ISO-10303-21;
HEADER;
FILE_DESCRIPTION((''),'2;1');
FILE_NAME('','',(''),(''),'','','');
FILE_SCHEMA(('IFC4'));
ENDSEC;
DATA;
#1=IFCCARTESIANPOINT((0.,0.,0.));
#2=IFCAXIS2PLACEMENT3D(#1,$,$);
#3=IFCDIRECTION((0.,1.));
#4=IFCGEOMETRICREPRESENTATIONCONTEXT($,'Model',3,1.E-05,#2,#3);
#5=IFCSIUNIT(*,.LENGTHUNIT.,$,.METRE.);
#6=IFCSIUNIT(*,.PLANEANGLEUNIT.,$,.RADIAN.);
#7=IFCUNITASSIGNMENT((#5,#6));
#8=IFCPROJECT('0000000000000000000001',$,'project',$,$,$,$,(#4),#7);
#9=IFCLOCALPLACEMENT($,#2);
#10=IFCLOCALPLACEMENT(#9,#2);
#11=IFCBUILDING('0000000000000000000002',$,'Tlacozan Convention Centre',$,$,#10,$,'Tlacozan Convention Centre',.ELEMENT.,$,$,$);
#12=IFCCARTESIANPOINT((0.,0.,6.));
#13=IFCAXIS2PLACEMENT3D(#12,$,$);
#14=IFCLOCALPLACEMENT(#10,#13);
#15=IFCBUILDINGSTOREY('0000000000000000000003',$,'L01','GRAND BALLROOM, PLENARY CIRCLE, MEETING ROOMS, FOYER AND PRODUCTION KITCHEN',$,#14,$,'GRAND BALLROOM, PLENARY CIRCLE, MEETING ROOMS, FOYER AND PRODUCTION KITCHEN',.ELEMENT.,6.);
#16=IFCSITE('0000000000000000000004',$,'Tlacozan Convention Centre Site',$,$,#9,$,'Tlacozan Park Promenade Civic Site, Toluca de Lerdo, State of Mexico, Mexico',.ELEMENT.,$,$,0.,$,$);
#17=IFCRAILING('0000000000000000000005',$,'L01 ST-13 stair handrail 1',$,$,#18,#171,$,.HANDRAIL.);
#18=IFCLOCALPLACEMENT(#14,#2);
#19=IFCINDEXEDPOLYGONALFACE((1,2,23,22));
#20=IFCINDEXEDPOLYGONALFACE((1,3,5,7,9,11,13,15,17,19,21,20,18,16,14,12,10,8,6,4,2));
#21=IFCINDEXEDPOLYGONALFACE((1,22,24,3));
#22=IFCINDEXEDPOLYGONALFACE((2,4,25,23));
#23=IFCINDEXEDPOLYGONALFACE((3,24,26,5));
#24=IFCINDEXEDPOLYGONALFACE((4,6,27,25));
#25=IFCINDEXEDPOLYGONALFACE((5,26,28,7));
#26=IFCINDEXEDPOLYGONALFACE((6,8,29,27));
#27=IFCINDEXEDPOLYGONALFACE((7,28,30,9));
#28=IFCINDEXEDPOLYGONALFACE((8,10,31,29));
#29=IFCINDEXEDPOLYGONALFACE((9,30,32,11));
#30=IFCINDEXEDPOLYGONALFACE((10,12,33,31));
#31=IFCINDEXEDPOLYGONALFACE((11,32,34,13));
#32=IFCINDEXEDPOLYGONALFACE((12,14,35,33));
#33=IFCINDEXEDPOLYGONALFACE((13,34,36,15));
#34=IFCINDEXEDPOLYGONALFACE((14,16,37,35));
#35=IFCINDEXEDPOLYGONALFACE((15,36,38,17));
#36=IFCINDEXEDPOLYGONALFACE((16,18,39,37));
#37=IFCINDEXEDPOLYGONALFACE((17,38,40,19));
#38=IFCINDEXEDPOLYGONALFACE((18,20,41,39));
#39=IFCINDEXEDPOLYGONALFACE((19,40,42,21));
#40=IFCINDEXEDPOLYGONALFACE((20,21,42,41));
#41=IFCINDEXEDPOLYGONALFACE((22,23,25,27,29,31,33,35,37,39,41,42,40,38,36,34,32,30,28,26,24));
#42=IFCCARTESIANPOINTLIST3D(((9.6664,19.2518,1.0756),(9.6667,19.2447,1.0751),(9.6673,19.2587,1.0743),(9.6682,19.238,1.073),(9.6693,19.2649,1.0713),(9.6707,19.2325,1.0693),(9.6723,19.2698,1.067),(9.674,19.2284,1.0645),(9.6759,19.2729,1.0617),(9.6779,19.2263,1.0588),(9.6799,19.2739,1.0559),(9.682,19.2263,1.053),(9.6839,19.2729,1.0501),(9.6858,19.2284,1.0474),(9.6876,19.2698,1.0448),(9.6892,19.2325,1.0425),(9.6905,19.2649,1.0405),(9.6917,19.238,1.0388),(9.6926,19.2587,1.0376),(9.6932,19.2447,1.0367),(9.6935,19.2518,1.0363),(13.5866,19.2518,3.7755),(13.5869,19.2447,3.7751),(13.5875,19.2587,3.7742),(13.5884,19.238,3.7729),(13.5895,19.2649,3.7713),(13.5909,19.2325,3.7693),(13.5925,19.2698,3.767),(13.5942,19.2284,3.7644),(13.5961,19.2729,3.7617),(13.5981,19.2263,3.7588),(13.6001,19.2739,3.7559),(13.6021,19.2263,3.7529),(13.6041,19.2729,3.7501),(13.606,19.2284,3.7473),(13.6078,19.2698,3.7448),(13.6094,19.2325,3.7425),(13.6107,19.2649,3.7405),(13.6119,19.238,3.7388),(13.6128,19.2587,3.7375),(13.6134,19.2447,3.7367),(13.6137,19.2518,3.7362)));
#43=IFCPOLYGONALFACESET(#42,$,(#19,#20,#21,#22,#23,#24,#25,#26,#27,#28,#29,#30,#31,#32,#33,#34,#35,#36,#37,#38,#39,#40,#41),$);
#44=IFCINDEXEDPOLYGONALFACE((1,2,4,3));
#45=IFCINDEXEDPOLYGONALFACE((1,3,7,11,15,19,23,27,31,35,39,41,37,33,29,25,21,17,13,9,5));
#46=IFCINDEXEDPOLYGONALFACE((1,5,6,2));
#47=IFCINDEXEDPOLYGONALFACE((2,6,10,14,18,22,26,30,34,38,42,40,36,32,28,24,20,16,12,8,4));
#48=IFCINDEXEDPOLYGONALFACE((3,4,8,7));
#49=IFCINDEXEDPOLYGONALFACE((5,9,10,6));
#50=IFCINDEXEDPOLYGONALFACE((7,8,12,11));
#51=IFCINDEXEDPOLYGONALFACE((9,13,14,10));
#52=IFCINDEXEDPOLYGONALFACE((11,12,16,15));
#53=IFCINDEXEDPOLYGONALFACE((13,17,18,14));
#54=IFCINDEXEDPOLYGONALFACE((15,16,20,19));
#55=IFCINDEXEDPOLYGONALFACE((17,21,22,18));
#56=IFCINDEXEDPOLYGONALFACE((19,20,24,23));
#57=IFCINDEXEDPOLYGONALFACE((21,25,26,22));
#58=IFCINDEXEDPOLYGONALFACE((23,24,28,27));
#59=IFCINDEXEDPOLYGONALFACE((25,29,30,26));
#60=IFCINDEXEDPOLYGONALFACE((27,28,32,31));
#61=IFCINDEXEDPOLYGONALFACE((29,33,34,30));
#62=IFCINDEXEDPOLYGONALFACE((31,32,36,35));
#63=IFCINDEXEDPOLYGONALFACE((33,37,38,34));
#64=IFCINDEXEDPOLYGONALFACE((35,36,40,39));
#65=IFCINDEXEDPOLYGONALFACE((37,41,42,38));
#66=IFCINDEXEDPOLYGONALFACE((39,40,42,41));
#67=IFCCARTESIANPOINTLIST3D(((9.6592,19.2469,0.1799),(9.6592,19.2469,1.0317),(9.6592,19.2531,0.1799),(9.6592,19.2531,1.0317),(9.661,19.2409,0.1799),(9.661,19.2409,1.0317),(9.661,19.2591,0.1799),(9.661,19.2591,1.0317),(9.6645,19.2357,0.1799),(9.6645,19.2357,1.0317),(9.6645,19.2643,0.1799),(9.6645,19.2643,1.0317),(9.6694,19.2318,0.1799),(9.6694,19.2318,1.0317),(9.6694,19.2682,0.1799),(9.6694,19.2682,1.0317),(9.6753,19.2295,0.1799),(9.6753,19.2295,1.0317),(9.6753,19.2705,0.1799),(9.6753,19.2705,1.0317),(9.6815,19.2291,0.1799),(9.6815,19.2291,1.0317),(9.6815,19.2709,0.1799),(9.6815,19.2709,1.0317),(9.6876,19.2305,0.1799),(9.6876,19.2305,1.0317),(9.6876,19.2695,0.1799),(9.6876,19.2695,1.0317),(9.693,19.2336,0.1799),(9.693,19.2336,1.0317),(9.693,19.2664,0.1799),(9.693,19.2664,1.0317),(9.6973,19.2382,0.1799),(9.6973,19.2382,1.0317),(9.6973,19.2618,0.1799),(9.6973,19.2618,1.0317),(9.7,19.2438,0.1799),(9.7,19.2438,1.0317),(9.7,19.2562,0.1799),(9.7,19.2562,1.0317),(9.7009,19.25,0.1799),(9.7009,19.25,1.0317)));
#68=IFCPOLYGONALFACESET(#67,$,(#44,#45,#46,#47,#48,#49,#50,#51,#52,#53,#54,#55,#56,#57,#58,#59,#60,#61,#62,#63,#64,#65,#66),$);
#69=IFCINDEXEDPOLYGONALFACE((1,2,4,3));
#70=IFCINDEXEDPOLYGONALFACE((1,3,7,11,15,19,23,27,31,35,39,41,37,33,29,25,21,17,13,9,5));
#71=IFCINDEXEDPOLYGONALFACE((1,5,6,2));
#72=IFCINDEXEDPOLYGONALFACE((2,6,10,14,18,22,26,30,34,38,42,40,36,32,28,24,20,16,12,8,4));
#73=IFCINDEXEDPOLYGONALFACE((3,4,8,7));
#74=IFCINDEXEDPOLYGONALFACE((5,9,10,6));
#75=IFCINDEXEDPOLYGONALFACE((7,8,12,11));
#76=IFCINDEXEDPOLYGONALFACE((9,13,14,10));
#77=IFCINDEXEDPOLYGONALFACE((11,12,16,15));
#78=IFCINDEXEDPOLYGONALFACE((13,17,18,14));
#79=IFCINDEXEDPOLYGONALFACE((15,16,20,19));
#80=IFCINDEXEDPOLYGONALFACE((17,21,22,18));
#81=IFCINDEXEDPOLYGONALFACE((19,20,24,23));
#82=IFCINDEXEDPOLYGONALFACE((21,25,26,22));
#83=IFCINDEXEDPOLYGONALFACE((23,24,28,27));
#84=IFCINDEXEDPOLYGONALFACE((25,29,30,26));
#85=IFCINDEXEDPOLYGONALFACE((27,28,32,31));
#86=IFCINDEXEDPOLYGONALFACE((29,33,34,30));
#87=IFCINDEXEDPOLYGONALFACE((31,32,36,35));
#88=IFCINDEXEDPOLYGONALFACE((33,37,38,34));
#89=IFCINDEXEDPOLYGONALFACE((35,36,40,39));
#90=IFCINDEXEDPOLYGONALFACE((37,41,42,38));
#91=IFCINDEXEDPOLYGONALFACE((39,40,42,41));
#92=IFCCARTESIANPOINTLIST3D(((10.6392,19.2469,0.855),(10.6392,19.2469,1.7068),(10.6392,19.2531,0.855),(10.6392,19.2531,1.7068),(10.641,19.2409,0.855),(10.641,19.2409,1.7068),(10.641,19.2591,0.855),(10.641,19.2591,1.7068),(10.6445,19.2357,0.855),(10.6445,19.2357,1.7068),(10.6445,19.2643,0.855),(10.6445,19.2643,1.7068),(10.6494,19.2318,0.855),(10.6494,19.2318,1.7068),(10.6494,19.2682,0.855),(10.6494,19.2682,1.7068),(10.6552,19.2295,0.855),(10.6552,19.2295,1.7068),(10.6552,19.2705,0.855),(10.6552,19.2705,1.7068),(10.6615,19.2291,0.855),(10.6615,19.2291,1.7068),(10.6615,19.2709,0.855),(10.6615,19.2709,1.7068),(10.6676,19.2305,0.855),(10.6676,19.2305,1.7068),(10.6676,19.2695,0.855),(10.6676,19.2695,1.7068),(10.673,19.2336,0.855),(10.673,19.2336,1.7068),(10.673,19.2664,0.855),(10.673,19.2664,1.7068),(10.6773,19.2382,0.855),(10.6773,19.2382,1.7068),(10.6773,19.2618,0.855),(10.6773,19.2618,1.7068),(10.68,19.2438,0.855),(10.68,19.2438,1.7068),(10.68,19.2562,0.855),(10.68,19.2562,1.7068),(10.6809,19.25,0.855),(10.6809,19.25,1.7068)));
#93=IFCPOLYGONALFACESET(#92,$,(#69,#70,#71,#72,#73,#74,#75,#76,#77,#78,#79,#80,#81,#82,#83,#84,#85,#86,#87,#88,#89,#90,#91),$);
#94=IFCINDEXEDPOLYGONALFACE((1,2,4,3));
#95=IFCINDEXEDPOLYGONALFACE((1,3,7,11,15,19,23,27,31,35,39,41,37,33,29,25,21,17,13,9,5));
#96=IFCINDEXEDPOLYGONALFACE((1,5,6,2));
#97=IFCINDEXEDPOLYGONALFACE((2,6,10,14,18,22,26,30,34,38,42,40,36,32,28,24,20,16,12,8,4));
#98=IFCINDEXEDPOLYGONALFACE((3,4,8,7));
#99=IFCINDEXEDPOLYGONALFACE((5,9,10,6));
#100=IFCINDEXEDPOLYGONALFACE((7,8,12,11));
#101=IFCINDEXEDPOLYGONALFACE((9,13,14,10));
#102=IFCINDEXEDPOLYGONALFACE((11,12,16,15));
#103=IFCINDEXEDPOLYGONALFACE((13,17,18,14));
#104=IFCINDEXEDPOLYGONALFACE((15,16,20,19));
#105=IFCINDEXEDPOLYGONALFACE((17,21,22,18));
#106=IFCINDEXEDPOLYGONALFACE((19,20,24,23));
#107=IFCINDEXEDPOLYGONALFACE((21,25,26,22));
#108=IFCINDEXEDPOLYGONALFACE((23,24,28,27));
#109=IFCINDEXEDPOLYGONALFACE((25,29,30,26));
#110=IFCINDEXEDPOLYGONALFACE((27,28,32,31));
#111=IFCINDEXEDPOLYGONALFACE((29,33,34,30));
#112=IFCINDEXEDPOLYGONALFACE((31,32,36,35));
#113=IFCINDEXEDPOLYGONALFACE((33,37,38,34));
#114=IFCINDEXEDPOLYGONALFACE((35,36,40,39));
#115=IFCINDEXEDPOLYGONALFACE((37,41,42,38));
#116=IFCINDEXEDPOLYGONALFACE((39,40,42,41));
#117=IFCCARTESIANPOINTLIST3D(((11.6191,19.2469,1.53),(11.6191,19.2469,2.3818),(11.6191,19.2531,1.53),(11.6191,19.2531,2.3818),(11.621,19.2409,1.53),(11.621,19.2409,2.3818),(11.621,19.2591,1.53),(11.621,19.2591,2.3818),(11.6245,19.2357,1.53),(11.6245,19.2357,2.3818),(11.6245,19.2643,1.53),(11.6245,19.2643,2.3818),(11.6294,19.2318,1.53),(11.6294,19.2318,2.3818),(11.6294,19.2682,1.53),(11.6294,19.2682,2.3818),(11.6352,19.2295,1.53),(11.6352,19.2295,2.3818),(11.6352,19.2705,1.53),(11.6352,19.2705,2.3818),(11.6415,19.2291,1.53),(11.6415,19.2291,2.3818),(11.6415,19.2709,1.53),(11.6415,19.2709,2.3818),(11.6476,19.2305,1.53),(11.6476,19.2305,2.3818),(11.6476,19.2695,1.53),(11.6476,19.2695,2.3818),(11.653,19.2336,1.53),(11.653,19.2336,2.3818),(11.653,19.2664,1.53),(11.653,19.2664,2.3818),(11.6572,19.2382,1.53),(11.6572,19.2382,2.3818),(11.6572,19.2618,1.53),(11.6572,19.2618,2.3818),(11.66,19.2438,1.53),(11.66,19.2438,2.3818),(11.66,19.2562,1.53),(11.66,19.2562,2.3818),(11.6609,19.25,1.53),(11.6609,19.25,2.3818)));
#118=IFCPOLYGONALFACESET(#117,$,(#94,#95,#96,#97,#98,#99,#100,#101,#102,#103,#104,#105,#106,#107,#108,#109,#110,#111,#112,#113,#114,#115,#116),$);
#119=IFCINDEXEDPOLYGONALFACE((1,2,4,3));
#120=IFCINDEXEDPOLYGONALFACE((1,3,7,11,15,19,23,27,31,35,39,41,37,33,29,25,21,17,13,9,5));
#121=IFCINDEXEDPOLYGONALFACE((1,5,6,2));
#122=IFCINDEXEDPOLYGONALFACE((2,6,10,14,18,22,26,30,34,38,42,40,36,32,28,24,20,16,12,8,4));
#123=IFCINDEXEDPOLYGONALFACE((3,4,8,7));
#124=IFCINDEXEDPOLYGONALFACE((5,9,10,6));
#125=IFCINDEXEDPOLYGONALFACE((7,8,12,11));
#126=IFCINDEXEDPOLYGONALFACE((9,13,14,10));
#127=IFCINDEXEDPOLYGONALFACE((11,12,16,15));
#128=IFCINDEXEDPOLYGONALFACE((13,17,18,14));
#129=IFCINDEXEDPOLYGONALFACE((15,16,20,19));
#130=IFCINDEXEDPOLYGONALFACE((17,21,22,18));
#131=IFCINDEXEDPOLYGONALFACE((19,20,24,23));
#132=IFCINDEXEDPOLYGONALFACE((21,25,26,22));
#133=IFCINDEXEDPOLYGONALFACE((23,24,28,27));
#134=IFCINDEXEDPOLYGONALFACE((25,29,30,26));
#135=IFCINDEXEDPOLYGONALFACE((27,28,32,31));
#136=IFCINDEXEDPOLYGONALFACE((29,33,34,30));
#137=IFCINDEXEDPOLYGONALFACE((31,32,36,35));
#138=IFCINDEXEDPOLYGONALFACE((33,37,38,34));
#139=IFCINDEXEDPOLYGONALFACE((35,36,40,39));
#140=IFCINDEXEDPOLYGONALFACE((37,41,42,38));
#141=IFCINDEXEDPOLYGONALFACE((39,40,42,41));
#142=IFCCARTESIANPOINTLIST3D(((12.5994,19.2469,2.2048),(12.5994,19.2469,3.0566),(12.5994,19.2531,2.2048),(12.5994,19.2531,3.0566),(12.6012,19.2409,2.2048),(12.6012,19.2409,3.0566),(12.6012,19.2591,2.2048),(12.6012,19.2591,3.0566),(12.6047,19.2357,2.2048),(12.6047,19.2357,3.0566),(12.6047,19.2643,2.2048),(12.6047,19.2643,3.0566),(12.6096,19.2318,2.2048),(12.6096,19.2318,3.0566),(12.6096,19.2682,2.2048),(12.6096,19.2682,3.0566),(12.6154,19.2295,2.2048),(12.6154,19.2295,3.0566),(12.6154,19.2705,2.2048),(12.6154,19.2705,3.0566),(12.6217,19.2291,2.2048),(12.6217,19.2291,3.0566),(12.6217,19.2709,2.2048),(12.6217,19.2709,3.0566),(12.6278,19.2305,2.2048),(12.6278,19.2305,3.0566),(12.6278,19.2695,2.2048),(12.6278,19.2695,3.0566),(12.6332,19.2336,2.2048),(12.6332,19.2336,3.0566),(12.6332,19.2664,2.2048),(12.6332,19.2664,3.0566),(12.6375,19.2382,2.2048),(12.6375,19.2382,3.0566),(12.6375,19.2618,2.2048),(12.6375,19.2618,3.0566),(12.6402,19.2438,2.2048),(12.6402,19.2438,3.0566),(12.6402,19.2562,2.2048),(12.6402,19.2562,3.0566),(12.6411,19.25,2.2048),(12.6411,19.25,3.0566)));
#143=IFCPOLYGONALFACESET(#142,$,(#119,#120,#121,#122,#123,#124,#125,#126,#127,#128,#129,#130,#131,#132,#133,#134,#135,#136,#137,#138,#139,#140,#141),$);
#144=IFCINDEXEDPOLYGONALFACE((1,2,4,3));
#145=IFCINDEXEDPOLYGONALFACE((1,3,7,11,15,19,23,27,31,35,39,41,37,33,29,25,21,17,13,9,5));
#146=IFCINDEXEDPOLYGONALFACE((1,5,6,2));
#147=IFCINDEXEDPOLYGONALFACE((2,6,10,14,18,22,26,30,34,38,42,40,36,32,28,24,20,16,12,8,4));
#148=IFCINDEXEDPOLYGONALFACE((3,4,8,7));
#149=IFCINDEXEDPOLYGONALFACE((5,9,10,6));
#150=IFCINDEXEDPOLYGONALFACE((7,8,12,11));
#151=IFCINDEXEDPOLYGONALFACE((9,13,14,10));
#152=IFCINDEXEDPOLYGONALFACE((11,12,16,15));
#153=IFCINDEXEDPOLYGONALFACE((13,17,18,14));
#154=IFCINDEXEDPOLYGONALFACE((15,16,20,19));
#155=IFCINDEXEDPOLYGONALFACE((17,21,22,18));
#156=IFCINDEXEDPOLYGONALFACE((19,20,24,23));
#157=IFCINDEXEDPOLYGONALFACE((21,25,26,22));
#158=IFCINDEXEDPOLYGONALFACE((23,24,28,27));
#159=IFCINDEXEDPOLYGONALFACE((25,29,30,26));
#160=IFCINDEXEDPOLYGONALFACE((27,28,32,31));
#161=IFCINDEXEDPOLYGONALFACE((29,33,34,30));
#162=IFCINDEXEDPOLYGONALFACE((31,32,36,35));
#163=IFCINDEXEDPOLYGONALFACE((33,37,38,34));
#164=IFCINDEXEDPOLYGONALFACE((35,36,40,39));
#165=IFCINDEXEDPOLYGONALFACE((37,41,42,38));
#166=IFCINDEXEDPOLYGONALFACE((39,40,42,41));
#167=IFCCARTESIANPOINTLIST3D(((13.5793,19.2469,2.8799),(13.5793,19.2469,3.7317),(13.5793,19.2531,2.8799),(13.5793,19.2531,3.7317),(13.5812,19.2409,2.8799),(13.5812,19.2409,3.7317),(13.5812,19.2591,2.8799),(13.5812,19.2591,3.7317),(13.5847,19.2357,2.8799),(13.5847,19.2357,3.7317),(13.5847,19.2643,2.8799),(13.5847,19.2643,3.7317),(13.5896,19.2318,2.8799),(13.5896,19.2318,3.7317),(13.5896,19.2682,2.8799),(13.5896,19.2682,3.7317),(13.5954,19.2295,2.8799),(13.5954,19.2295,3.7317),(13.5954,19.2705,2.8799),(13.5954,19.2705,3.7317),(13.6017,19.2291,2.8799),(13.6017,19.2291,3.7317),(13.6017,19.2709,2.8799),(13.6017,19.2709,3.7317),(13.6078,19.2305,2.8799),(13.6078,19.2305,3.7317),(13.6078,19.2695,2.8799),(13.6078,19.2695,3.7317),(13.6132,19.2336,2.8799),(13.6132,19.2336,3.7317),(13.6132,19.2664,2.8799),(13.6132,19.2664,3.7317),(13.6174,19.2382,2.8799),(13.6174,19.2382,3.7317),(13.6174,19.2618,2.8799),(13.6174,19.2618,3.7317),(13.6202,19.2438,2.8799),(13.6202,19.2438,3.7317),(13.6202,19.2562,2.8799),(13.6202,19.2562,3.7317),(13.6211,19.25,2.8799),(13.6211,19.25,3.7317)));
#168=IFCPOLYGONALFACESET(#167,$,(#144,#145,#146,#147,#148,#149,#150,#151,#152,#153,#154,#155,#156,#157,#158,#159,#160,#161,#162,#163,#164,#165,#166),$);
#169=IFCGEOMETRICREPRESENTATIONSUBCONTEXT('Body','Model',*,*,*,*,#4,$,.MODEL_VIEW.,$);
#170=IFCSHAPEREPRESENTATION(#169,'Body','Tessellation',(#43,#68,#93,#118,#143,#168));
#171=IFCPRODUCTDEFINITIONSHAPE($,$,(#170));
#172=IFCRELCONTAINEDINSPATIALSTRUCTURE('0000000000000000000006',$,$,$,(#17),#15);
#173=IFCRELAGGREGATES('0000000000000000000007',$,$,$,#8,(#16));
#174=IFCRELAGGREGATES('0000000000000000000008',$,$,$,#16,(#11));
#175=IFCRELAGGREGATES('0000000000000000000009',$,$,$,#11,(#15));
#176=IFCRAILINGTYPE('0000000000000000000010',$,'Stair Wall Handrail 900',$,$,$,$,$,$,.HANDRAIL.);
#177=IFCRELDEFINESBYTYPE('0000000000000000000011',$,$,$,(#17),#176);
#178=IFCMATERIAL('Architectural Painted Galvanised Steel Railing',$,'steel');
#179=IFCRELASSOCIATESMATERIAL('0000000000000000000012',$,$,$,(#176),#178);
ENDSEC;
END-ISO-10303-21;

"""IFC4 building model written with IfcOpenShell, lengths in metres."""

from ifc_helpers import new_model, si_unit, direction, frame, origin, origin_2d, place, context, subcontext, project, spatial, circle, extrude, material, type_object, element, save


model = new_model("IFC4")

# Units and contexts
model_context = context("Model", 3, precision=1e-05, world=origin(), true_north=direction((0.0, 1.0)))
body_context = subcontext(model_context, "Body", "Model", "MODEL_VIEW")
ifc_project = project(units=[si_unit("LENGTHUNIT", "METRE"), si_unit("PLANEANGLEUNIT", "RADIAN")], contexts=[model_context])

# Site, building, storey
site_placement = place(None, origin())
site = spatial("IfcSite", under=ifc_project, at=site_placement, Name="Tlacozan Convention Centre Site", LongName="Tlacozan Park Promenade Civic Site, Toluca de Lerdo, State of Mexico, Mexico", CompositionType="ELEMENT", RefElevation=0.0)
building_placement = place(site_placement, origin())
building = spatial("IfcBuilding", under=site, at=building_placement, Name="Tlacozan Convention Centre", LongName="Tlacozan Convention Centre", CompositionType="ELEMENT")
storey_placement = place(building_placement, frame((0.0, 0.0, 6.0)))
storey = spatial("IfcBuildingStorey", under=building, at=storey_placement, Name="L01", Description="GRAND BALLROOM, PLENARY CIRCLE, MEETING ROOMS, FOYER AND PRODUCTION KITCHEN", LongName="GRAND BALLROOM, PLENARY CIRCLE, MEETING ROOMS, FOYER AND PRODUCTION KITCHEN", CompositionType="ELEMENT", Elevation=6.0)

# Railing
ifc_material_1 = material(Name="Architectural Painted Galvanised Steel Railing", Category="steel")
railing_type_1 = type_object("IfcRailingType", Name="Stair Wall Handrail 900", PredefinedType="HANDRAIL", material=ifc_material_1)
railing_1_placement = place(storey_placement, frame((9.6799, 19.25, 0.1799)))
element("IfcRailing", 1, at=railing_1_placement, inside=storey, type_object=railing_type_1, Name="L01 ST-13 stair handrail 1", PredefinedType="HANDRAIL", context=body_context, shape_type="SweptSolid", body=[
    extrude(circle(Radius=0.0239, at=origin_2d()), frame((0.0, 0.0, 0.876), z_axis=(0.823567, 0.0, 0.567219), x_axis=(0.0, 1.0, 0.0)), (0.0, 0.0, 1.0), 4.76),
    extrude(circle(Radius=0.021, at=origin_2d()), origin(), (0.0, 0.0, 1.0), 0.8518),
    extrude(circle(Radius=0.021, at=origin_2d()), frame((0.98, 0.0, 0.675)), (0.0, 0.0, 1.0), 0.8518),
    extrude(circle(Radius=0.021, at=origin_2d()), frame((1.96, 0.0, 1.3501)), (0.0, 0.0, 1.0), 0.8518),
    extrude(circle(Radius=0.021, at=origin_2d()), frame((2.9402, 0.0, 2.0249)), (0.0, 0.0, 1.0), 0.8518),
    extrude(circle(Radius=0.021, at=origin_2d()), frame((3.9202, 0.0, 2.7)), (0.0, 0.0, 1.0), 0.8518),
])

save(model, "model.ifc")
